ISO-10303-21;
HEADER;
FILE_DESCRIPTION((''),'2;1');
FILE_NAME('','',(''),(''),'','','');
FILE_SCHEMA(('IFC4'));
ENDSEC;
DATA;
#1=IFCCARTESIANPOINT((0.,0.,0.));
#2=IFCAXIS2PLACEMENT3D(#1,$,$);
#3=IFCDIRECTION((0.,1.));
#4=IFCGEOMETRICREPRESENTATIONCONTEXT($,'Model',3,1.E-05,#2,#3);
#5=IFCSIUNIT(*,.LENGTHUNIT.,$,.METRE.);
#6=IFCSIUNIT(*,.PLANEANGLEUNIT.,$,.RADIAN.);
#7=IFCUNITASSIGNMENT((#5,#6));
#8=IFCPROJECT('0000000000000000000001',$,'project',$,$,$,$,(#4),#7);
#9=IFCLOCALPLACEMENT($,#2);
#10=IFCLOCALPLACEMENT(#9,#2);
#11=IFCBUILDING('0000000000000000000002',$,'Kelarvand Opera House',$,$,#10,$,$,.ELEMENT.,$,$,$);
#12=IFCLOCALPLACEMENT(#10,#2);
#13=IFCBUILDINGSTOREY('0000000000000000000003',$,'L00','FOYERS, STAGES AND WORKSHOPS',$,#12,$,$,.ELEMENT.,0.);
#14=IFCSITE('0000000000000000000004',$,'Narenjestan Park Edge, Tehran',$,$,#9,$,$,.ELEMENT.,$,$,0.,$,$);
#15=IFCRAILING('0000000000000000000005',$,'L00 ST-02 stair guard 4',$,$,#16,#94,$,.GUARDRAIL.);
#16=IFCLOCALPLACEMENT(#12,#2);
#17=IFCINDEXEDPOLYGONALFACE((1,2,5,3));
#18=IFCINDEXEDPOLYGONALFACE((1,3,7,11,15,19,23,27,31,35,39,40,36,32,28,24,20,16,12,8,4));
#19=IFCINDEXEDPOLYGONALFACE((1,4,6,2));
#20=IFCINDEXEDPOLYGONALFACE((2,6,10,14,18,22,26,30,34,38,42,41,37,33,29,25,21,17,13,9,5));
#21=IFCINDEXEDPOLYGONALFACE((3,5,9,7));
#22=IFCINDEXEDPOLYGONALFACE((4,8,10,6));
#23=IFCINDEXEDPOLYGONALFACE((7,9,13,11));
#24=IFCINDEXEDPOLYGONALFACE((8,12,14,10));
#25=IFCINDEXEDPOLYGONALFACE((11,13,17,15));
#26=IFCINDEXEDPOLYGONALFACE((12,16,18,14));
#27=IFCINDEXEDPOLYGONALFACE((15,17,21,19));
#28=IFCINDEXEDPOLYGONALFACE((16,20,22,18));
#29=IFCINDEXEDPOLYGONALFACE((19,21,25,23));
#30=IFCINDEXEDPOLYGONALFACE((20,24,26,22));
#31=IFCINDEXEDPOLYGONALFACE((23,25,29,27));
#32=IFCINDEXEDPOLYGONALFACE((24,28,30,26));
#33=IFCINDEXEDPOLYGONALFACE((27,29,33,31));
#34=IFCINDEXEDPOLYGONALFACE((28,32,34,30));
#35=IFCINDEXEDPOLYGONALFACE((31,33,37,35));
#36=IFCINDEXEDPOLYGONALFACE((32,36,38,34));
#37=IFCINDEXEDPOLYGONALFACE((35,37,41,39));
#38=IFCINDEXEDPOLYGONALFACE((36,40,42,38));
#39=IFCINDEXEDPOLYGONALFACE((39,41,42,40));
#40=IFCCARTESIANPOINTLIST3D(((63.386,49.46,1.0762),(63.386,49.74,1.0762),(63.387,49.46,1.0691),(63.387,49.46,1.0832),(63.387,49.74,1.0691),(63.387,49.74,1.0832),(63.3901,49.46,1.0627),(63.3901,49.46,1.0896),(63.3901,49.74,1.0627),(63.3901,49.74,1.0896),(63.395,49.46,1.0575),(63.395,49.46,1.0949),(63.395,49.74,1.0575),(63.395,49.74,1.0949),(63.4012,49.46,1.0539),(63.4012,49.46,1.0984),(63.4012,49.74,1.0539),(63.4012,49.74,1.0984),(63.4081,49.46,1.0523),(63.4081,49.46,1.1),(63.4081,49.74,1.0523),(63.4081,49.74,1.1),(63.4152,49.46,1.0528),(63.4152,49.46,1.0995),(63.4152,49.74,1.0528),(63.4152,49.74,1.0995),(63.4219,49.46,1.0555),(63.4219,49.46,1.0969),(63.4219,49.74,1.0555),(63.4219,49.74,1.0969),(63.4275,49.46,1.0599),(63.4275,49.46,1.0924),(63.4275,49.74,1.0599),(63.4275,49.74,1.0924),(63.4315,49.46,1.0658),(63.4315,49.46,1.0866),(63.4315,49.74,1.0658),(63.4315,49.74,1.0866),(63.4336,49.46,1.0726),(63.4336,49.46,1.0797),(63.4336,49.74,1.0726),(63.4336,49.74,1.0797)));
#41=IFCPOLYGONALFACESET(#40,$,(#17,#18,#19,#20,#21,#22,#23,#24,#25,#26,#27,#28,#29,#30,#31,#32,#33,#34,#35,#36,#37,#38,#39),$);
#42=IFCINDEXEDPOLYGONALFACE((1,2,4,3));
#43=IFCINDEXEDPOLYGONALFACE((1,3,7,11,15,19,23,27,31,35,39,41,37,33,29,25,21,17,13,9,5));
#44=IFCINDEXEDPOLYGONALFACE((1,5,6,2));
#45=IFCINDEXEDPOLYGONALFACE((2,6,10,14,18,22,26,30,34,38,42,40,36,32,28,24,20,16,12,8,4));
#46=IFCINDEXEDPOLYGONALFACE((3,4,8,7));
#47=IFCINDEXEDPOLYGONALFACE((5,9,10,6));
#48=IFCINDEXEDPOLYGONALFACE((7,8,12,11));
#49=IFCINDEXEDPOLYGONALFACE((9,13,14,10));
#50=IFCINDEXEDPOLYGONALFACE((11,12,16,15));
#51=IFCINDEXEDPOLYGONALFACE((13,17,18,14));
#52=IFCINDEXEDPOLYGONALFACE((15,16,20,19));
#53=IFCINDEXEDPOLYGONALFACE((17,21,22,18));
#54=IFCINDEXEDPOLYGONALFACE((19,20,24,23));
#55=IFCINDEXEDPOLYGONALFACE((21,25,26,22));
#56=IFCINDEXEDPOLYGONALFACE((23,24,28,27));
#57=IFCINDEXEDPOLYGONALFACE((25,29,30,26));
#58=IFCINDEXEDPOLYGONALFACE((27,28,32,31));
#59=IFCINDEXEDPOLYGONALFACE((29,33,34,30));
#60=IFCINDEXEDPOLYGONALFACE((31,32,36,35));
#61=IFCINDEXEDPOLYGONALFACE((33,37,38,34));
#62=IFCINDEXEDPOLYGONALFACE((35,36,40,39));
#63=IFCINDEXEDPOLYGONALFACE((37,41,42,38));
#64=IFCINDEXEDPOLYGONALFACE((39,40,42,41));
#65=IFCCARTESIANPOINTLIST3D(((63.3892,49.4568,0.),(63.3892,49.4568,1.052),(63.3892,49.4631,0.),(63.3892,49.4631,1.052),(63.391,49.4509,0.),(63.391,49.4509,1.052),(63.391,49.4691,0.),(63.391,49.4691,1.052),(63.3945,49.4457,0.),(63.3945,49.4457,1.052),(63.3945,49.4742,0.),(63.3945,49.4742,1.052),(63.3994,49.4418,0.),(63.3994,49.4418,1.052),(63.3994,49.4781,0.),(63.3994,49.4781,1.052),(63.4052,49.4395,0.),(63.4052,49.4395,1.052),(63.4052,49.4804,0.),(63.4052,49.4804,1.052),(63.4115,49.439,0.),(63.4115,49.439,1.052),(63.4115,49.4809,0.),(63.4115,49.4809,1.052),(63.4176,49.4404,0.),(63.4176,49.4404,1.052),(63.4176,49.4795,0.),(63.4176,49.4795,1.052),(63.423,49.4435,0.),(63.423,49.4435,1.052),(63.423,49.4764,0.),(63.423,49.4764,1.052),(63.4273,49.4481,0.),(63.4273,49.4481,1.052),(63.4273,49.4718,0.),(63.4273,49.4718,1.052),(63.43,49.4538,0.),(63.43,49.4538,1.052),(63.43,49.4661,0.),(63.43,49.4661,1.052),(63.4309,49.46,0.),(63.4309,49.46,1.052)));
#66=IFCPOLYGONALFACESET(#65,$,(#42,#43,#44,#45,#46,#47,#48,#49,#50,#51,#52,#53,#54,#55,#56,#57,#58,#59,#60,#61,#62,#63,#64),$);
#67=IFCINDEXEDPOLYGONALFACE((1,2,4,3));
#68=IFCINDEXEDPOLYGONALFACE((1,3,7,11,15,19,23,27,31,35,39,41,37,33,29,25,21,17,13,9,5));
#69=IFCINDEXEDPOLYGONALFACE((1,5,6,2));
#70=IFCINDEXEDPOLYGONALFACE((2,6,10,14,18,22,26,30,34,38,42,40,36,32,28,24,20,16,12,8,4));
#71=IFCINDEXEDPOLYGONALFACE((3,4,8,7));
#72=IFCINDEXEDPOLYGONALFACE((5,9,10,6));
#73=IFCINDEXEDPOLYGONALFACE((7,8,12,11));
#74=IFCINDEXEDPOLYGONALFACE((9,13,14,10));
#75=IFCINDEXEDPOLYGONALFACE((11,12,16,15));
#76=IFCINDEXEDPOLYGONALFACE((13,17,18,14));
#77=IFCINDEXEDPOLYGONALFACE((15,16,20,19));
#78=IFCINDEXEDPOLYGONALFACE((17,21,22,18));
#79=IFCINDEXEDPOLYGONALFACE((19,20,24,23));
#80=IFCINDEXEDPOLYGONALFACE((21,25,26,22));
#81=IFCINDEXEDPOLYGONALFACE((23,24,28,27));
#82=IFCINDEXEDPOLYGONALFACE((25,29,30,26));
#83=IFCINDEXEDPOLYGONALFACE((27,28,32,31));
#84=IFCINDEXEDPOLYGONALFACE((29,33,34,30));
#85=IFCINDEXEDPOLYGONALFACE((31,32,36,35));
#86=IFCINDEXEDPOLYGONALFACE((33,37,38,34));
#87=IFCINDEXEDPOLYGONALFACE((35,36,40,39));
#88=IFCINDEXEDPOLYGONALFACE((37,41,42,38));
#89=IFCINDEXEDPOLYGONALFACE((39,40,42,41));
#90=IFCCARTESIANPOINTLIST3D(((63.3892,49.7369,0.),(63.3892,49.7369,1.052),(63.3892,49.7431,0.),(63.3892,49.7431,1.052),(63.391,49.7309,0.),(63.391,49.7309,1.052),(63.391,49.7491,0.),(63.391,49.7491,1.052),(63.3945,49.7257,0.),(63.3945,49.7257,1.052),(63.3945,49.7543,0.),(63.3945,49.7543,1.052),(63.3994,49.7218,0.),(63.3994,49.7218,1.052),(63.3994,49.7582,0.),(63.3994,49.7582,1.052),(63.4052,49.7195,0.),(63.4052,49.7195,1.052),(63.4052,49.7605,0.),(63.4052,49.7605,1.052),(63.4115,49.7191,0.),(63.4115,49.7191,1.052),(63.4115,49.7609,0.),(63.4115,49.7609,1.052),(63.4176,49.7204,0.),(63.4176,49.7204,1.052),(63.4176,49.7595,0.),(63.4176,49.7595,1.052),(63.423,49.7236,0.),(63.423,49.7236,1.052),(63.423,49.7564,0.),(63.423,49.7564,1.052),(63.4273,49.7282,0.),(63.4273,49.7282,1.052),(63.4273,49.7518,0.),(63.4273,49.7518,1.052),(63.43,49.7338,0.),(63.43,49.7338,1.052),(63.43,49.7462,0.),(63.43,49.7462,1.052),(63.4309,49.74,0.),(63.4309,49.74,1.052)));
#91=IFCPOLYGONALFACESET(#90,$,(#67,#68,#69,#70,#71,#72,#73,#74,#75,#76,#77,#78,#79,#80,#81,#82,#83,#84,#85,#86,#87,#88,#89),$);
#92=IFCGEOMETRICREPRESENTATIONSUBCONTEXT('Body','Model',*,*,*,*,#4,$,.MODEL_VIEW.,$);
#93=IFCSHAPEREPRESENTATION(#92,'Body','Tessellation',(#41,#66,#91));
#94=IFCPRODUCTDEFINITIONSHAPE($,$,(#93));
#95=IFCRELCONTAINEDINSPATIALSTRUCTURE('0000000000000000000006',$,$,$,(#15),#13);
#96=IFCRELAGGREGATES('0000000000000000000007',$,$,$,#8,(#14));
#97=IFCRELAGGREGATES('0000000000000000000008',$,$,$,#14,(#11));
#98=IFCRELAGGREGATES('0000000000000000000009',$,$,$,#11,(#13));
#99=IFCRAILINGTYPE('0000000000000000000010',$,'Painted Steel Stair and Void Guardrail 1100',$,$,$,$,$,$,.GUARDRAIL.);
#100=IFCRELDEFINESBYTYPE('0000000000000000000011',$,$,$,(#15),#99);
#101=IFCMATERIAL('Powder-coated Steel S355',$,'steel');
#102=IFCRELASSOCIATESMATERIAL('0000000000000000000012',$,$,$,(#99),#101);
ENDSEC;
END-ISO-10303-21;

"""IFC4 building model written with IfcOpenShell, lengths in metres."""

from ifc_helpers import new_model, si_unit, direction, frame, origin, origin_2d, place, context, subcontext, project, spatial, circle, extrude, material, type_object, element, save


model = new_model("IFC4")

# Units and contexts
model_context = context("Model", 3, precision=1e-05, world=origin(), true_north=direction((0.0, 1.0)))
body_context = subcontext(model_context, "Body", "Model", "MODEL_VIEW")
ifc_project = project(units=[si_unit("LENGTHUNIT", "METRE"), si_unit("PLANEANGLEUNIT", "RADIAN")], contexts=[model_context])

# Site, building, storey
site_placement = place(None, origin())
site = spatial("IfcSite", under=ifc_project, at=site_placement, Name="Narenjestan Park Edge, Tehran", CompositionType="ELEMENT", RefElevation=0.0)
building_placement = place(site_placement, origin())
building = spatial("IfcBuilding", under=site, at=building_placement, Name="Kelarvand Opera House", CompositionType="ELEMENT")
storey_placement = place(building_placement, origin())
storey = spatial("IfcBuildingStorey", under=building, at=storey_placement, Name="L00", Description="FOYERS, STAGES AND WORKSHOPS", CompositionType="ELEMENT", Elevation=0.0)

# Railing
ifc_material_1 = material(Name="Powder-coated Steel S355", Category="steel")
railing_type_1 = type_object("IfcRailingType", Name="Painted Steel Stair and Void Guardrail 1100", PredefinedType="GUARDRAIL", material=ifc_material_1)
railing_1_placement = place(storey_placement, frame((63.4099, 49.46, 0.0)))
element("IfcRailing", 1, at=railing_1_placement, inside=storey, type_object=railing_type_1, Name="L00 ST-02 stair guard 4", PredefinedType="GUARDRAIL", context=body_context, shape_type="SweptSolid", body=[
    extrude(circle(Radius=0.0239, at=origin_2d()), frame((0.0, 0.0, 1.0762), z_axis=(0.0, 1.0, 0.0), x_axis=(-1.0, 0.0, 0.0)), (0.0, 0.0, 1.0), 0.28),
    extrude(circle(Radius=0.021, at=origin_2d()), origin(), (0.0, 0.0, 1.0), 1.052),
    extrude(circle(Radius=0.021, at=origin_2d()), frame((0.0, 0.28, 0.0)), (0.0, 0.0, 1.0), 1.052),
])

save(model, "model.ifc")
